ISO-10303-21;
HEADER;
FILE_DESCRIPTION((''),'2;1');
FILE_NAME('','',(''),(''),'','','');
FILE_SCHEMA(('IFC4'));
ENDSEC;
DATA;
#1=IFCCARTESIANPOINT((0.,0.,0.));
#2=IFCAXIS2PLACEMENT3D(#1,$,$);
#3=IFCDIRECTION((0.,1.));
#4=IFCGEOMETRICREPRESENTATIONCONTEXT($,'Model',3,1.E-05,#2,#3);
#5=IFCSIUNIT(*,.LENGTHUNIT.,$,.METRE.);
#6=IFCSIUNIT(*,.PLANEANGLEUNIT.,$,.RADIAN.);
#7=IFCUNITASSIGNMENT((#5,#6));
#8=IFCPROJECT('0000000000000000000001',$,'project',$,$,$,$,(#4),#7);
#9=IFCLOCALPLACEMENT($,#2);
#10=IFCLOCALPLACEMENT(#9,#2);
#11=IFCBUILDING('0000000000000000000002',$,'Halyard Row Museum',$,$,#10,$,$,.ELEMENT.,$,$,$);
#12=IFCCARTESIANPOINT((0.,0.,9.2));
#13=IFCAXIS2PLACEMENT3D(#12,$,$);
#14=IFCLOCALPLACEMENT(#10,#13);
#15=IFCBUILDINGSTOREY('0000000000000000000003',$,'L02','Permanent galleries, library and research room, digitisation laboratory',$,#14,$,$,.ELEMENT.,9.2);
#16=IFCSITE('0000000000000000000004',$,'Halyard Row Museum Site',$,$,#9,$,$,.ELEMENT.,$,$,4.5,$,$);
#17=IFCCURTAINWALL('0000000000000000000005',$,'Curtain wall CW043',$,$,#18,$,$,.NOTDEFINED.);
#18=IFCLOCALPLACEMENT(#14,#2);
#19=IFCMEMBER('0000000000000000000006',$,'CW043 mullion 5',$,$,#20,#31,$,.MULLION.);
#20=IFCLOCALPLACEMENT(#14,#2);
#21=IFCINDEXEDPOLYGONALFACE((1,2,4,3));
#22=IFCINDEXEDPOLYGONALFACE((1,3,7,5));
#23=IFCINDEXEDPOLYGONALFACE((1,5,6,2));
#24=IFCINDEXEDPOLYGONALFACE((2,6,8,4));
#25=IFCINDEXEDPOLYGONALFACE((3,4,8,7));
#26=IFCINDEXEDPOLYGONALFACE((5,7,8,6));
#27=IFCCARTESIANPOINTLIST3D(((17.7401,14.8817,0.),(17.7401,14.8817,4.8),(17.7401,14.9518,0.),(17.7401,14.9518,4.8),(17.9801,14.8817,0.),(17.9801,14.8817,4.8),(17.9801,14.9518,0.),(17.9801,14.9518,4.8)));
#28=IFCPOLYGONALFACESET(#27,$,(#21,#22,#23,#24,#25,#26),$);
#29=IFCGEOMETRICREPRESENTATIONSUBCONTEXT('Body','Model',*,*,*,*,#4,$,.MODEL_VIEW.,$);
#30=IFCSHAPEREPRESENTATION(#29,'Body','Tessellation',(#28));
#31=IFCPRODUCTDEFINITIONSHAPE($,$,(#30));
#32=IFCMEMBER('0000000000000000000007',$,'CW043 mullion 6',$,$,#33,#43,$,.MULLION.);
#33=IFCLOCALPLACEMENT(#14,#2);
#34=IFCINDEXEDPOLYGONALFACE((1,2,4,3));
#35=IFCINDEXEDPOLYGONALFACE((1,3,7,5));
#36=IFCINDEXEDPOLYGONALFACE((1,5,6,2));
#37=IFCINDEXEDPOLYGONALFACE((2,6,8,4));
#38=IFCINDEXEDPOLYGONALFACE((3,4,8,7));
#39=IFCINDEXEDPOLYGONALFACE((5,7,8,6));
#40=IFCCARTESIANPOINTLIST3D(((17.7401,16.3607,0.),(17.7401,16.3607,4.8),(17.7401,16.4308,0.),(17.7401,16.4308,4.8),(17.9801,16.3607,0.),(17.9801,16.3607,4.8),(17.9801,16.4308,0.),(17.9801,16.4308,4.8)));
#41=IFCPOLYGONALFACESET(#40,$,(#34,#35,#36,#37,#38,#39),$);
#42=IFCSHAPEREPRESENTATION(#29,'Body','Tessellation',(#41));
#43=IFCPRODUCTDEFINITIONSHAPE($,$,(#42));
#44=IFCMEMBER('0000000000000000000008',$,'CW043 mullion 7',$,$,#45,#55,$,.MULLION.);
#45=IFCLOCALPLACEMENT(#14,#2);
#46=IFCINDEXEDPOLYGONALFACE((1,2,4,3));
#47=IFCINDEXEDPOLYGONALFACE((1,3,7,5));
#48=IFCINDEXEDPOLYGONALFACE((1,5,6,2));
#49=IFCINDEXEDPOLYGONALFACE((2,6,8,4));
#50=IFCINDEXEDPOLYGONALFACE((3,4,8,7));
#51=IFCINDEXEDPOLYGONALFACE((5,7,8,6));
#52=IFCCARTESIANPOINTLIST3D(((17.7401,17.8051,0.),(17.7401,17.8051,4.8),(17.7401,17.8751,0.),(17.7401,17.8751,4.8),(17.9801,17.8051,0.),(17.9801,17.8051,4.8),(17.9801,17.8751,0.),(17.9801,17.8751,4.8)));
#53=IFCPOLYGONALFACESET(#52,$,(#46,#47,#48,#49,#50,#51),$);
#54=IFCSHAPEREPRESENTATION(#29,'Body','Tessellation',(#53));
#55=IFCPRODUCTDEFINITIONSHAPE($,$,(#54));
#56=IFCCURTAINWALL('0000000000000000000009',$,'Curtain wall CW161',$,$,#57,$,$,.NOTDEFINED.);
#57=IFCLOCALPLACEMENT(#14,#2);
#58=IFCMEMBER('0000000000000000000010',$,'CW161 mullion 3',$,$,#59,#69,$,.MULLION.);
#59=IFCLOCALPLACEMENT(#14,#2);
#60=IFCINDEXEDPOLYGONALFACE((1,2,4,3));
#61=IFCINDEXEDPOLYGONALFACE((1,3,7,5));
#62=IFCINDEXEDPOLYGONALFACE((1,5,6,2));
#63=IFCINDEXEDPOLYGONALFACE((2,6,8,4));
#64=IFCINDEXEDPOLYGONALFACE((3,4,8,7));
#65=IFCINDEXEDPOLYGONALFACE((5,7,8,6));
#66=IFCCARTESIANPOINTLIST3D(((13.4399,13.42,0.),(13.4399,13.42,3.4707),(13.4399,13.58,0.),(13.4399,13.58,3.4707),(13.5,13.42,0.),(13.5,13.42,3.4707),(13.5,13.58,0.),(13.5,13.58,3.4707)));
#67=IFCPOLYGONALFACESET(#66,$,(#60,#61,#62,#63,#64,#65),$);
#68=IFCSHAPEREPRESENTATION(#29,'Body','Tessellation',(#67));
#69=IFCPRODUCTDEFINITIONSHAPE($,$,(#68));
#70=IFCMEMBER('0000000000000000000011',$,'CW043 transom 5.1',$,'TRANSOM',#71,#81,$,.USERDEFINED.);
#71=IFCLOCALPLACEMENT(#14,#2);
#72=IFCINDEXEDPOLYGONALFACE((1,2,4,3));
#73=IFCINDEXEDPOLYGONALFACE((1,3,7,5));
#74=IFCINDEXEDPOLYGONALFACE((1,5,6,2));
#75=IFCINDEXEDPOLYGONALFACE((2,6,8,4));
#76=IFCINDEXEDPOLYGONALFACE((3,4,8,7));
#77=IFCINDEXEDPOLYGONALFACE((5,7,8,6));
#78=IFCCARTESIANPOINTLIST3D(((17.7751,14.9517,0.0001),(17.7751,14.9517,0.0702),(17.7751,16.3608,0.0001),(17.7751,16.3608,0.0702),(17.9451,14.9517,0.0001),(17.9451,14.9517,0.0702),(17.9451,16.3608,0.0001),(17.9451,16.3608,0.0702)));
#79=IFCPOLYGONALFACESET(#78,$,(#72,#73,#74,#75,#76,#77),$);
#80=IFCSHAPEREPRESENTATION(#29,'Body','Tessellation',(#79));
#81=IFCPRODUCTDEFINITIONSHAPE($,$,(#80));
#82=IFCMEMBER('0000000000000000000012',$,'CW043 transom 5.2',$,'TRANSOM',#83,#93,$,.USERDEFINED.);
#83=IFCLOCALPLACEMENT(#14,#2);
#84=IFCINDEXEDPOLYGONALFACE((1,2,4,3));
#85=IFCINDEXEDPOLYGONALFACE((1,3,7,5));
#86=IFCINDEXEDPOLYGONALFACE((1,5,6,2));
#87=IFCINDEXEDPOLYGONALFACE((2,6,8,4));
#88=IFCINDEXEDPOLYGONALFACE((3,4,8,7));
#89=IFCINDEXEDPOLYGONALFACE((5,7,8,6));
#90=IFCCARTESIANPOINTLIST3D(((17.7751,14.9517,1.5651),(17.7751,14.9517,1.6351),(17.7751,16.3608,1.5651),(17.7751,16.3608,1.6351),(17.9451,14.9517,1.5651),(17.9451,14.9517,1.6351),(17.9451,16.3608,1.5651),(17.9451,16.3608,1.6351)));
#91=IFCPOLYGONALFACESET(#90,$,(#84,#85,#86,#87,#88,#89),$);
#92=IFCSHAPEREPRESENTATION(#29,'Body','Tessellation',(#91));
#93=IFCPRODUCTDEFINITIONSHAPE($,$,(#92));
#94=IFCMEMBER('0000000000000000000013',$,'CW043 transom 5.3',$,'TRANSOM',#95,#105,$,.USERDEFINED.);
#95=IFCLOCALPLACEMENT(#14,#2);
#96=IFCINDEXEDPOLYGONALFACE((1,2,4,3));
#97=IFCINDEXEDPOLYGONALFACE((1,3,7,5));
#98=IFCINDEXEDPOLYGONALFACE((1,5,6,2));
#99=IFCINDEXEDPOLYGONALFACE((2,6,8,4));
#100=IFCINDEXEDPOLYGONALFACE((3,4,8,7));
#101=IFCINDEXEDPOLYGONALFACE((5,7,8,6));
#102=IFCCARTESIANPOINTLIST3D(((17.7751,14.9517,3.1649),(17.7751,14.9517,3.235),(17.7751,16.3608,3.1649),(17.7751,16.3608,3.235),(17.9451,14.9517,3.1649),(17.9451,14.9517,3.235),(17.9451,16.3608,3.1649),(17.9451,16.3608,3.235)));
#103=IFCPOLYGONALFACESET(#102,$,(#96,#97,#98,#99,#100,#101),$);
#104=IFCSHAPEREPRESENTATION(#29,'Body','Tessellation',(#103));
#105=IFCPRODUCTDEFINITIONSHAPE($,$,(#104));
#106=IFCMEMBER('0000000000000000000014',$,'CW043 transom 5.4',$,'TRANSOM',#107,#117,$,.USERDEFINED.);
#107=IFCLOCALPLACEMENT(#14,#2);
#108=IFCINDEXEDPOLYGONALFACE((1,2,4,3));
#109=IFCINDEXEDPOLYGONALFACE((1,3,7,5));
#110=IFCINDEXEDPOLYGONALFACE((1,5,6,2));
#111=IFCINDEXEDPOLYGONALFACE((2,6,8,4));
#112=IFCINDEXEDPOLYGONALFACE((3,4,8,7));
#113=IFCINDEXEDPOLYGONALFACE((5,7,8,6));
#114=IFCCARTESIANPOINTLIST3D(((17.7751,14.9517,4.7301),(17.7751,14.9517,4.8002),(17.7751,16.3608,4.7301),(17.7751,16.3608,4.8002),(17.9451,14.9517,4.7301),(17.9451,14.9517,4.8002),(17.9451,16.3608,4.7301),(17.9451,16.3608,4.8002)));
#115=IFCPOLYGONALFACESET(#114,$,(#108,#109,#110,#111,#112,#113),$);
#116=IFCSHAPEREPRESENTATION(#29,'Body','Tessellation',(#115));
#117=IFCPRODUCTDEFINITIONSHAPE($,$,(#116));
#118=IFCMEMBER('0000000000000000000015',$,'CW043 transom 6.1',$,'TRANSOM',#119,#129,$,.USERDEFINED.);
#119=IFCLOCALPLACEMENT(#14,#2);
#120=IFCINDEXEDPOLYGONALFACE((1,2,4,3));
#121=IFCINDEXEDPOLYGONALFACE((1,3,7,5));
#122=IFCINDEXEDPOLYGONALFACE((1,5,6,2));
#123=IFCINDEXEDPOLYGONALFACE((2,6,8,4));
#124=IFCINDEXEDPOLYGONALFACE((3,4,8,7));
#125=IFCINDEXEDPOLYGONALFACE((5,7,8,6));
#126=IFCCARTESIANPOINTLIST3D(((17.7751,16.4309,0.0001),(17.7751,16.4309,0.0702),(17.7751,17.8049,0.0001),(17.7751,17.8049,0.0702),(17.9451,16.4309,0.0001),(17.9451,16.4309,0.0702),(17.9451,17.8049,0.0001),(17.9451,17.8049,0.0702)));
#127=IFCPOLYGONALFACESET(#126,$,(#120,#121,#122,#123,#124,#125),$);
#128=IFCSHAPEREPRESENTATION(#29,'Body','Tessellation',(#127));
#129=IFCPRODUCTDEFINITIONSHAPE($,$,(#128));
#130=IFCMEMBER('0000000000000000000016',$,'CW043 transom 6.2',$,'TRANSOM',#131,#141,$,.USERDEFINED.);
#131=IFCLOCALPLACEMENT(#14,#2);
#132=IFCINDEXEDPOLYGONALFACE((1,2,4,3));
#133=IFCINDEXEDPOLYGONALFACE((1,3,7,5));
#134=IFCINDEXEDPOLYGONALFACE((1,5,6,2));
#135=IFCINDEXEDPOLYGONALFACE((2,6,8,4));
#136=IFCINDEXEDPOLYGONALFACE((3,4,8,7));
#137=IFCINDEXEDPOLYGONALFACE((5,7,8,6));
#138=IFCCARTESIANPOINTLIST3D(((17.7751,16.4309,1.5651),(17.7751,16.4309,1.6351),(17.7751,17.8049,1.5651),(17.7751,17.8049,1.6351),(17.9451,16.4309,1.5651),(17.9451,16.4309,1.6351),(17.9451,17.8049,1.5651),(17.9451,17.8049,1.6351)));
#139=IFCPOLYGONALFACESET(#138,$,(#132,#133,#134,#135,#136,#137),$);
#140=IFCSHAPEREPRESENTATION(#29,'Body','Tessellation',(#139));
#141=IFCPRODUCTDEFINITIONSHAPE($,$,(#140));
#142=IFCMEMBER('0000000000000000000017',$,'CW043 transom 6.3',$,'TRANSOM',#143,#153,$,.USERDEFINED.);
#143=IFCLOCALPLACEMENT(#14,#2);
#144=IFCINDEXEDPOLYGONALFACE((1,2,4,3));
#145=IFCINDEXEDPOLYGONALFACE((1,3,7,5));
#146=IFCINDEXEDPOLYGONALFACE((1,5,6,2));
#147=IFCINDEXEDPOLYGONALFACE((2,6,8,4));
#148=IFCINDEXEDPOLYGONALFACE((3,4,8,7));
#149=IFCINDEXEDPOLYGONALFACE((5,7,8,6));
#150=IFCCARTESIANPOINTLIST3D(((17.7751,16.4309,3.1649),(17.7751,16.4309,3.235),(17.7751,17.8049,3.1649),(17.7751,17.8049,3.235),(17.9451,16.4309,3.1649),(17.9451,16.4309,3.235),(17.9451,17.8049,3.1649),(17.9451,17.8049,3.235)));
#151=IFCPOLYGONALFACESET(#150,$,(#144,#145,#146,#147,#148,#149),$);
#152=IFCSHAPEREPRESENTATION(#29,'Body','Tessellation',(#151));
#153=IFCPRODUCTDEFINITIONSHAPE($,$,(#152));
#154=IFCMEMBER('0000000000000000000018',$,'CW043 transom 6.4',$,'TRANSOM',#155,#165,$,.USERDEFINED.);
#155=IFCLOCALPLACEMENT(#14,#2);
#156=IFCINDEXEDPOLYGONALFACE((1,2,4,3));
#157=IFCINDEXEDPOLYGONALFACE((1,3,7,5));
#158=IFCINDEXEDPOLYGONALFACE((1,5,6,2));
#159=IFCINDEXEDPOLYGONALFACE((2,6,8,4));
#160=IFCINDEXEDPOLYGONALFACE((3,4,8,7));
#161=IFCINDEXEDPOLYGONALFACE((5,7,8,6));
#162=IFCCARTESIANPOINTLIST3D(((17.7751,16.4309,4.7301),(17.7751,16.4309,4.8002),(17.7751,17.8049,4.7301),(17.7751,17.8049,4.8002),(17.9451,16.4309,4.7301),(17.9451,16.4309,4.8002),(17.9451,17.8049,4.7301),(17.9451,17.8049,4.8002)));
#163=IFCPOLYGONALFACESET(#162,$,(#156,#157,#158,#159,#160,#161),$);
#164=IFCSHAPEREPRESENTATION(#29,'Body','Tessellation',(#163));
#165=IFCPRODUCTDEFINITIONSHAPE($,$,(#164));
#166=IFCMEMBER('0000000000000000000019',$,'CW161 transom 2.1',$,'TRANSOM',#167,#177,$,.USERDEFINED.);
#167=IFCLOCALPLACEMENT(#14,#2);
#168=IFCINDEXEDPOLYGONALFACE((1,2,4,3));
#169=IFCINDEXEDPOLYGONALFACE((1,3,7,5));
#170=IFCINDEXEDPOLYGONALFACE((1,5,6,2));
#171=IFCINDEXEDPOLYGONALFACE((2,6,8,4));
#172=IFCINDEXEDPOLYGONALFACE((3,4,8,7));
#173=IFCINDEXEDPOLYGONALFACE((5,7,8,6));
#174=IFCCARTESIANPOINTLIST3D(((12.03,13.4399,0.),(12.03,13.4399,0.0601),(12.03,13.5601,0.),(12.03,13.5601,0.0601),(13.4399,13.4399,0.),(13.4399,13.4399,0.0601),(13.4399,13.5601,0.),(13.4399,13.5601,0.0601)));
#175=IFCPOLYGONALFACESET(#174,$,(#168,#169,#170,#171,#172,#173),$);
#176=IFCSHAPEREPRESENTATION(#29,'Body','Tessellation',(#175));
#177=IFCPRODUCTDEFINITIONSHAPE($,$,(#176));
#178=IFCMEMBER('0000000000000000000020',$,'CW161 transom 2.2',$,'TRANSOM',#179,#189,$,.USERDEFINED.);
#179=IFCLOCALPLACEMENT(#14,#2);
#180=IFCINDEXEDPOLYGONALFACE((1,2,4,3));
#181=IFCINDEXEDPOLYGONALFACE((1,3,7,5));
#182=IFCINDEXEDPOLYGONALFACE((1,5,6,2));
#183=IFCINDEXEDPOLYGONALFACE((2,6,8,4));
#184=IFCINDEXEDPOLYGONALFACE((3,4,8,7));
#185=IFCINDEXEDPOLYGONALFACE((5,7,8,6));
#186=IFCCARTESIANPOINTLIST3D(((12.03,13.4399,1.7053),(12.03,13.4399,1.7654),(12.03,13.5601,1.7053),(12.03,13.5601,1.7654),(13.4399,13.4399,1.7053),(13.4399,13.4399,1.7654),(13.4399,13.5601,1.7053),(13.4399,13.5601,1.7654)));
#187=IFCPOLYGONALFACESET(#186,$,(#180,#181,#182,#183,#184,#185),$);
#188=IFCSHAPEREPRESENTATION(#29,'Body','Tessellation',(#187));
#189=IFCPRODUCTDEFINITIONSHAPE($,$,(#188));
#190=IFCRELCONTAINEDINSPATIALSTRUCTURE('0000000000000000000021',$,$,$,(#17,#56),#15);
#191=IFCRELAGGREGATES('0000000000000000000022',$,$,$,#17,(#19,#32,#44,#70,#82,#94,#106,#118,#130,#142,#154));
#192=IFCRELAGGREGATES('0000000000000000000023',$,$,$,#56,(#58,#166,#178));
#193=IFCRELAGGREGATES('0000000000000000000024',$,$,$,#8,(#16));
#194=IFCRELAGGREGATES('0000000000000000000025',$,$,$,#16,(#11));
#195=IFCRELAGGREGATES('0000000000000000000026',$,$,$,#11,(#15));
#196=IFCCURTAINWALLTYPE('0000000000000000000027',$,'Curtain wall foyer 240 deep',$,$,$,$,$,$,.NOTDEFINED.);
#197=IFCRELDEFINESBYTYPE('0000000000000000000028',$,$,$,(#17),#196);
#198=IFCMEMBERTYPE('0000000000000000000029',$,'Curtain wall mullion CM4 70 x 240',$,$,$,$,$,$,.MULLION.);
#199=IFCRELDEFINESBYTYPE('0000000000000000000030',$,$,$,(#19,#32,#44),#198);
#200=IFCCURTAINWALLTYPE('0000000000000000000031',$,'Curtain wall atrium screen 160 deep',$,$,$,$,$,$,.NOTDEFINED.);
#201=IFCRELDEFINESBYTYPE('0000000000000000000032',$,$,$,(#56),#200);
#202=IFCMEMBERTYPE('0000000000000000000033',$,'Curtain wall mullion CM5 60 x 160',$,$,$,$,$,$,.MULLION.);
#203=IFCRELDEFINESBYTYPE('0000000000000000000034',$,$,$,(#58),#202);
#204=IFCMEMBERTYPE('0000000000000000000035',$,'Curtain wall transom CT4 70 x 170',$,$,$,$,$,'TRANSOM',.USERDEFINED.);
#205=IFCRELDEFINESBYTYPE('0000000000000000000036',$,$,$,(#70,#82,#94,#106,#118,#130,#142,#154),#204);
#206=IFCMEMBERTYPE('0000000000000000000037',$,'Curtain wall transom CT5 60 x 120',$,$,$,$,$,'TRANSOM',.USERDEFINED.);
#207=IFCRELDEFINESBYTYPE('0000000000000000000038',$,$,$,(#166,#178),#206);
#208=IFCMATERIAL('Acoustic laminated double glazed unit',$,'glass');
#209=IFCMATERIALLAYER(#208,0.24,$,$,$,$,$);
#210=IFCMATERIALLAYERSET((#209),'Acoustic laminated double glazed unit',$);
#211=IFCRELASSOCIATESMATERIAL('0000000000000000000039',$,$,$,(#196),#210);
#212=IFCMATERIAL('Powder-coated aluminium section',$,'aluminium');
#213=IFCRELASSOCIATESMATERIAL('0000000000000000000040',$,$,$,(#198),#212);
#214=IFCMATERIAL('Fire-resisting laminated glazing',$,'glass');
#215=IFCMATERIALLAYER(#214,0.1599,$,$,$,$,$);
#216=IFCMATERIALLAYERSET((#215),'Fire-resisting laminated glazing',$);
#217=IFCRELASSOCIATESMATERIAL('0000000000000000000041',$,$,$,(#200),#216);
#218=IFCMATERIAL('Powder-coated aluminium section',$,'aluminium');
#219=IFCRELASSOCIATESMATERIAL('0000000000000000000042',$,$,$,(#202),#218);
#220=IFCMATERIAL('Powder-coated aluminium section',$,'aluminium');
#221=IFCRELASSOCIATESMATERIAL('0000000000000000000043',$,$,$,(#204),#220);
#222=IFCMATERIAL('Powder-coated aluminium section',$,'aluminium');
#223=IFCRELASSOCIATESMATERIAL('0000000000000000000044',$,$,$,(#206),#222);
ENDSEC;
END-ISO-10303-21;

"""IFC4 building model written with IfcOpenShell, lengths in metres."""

from ifc_helpers import new_model, si_unit, direction, frame, origin, origin_2d, place, context, subcontext, project, spatial, rectangle, extrude, material, layer, layer_set, material_profile, profile_set, type_object, element, aggregate, save


model = new_model("IFC4")

# Units and contexts
model_context = context("Model", 3, precision=1e-05, world=origin(), true_north=direction((0.0, 1.0)))
body_context = subcontext(model_context, "Body", "Model", "MODEL_VIEW")
ifc_project = project(units=[si_unit("LENGTHUNIT", "METRE"), si_unit("PLANEANGLEUNIT", "RADIAN")], contexts=[model_context])

# Site, building, storey
site_placement = place(None, origin())
site = spatial("IfcSite", under=ifc_project, at=site_placement, Name="Halyard Row Museum Site", CompositionType="ELEMENT", RefElevation=4.5)
building_placement = place(site_placement, origin())
building = spatial("IfcBuilding", under=site, at=building_placement, Name="Halyard Row Museum", CompositionType="ELEMENT")
storey_placement = place(building_placement, frame((0.0, 0.0, 9.2)))
storey = spatial("IfcBuildingStorey", under=building, at=storey_placement, Name="L02", Description="Permanent galleries, library and research room, digitisation laboratory", CompositionType="ELEMENT", Elevation=9.2)

# Curtain wall, members
ifc_material_1 = material(Name="Acoustic laminated double glazed unit", Category="glass")
ifc_layer_1 = layer(ifc_material_1, 0.24)
ifc_layer_set_1 = layer_set([ifc_layer_1], Name="Acoustic laminated double glazed unit")
curtain_wall_type_1 = type_object("IfcCurtainWallType", Name="Curtain wall foyer 240 deep", PredefinedType="NOTDEFINED", material=ifc_layer_set_1)
curtain_wall_1_placement = place(storey_placement, origin())
curtain_wall_1 = element("IfcCurtainWall", 1, at=curtain_wall_1_placement, inside=storey, type_object=curtain_wall_type_1, Name="Curtain wall CW043", PredefinedType="NOTDEFINED")
ifc_material_2 = material(Name="Powder-coated aluminium section", Category="aluminium")
ifc_material_profile_1 = material_profile(ifc_material_2, rectangle(XDim=0.24, YDim=0.0701, at=origin_2d()), Name="240x70 mullion")
ifc_profile_set_1 = profile_set([ifc_material_profile_1], Name="Powder-coated aluminium section")
member_type_1 = type_object("IfcMemberType", Name="Curtain wall mullion CM4 70 x 240", PredefinedType="MULLION", material=ifc_profile_set_1)
member_1_placement = place(storey_placement, frame((17.8601, 14.9167, 0.0), z_axis=(0.0, 0.0, 1.0), x_axis=(-1.0, 0.0, 0.0)))
member_1 = element("IfcMember", 2, at=member_1_placement, type_object=member_type_1, Name="CW043 mullion 5", PredefinedType="MULLION", context=body_context, shape_type="SweptSolid", body=[
    extrude(rectangle(XDim=0.24, YDim=0.0701, at=origin_2d()), origin(), (0.0, 0.0, 1.0), 4.8),
])
member_2_placement = place(storey_placement, frame((17.8601, 16.3958, 0.0), z_axis=(0.0, 0.0, 1.0), x_axis=(-1.0, 0.0, 0.0)))
member_2 = element("IfcMember", 3, at=member_2_placement, type_object=member_type_1, Name="CW043 mullion 6", PredefinedType="MULLION", context=body_context, shape_type="SweptSolid", body=[
    extrude(rectangle(XDim=0.24, YDim=0.0701, at=origin_2d()), origin(), (0.0, 0.0, 1.0), 4.8),
])
member_3_placement = place(storey_placement, frame((17.8601, 17.8401, 0.0), z_axis=(0.0, 0.0, 1.0), x_axis=(-1.0, 0.0, 0.0)))
member_3 = element("IfcMember", 4, at=member_3_placement, type_object=member_type_1, Name="CW043 mullion 7", PredefinedType="MULLION", context=body_context, shape_type="SweptSolid", body=[
    extrude(rectangle(XDim=0.24, YDim=0.0701, at=origin_2d()), origin(), (0.0, 0.0, 1.0), 4.8),
])

# Curtain wall, member
ifc_material_3 = material(Name="Fire-resisting laminated glazing", Category="glass")
ifc_layer_2 = layer(ifc_material_3, 0.1599)
ifc_layer_set_2 = layer_set([ifc_layer_2], Name="Fire-resisting laminated glazing")
curtain_wall_type_2 = type_object("IfcCurtainWallType", Name="Curtain wall atrium screen 160 deep", PredefinedType="NOTDEFINED", material=ifc_layer_set_2)
curtain_wall_2_placement = place(storey_placement, origin())
curtain_wall_2 = element("IfcCurtainWall", 5, at=curtain_wall_2_placement, inside=storey, type_object=curtain_wall_type_2, Name="Curtain wall CW161", PredefinedType="NOTDEFINED")
ifc_material_4 = material(Name="Powder-coated aluminium section", Category="aluminium")
ifc_material_profile_2 = material_profile(ifc_material_4, rectangle(XDim=0.1599, YDim=0.0601, at=origin_2d()), Name="160x60 mullion")
ifc_profile_set_2 = profile_set([ifc_material_profile_2], Name="Powder-coated aluminium section")
member_type_2 = type_object("IfcMemberType", Name="Curtain wall mullion CM5 60 x 160", PredefinedType="MULLION", material=ifc_profile_set_2)
member_4_placement = place(storey_placement, frame((13.47, 13.5, 0.0), z_axis=(0.0, 0.0, 1.0), x_axis=(0.0, 1.0, 0.0)))
member_4 = element("IfcMember", 6, at=member_4_placement, type_object=member_type_2, Name="CW161 mullion 3", PredefinedType="MULLION", context=body_context, shape_type="SweptSolid", body=[
    extrude(rectangle(XDim=0.1599, YDim=0.0601, at=origin_2d()), origin(), (0.0, 0.0, 1.0), 3.4707),
])

# Members
ifc_material_5 = material(Name="Powder-coated aluminium section", Category="aluminium")
ifc_material_profile_3 = material_profile(ifc_material_5, rectangle(XDim=0.1699, YDim=0.0701, at=origin_2d()), Name="170x70 transom")
ifc_profile_set_3 = profile_set([ifc_material_profile_3], Name="Powder-coated aluminium section")
member_type_3 = type_object("IfcMemberType", Name="Curtain wall transom CT4 70 x 170", ElementType="TRANSOM", PredefinedType="USERDEFINED", material=ifc_profile_set_3)
member_5_placement = place(storey_placement, frame((17.8601, 14.9517, 0.0352), z_axis=(0.0, 1.0, 0.0), x_axis=(-1.0, 0.0, 0.0)))
member_5 = element("IfcMember", 7, at=member_5_placement, type_object=member_type_3, Name="CW043 transom 5.1", ObjectType="TRANSOM", PredefinedType="USERDEFINED", context=body_context, shape_type="SweptSolid", body=[
    extrude(rectangle(XDim=0.1699, YDim=0.0701, at=origin_2d()), origin(), (0.0, 0.0, 1.0), 1.4092),
])
member_6_placement = place(storey_placement, frame((17.8601, 14.9517, 1.6001), z_axis=(0.0, 1.0, 0.0), x_axis=(-1.0, 0.0, 0.0)))
member_6 = element("IfcMember", 8, at=member_6_placement, type_object=member_type_3, Name="CW043 transom 5.2", ObjectType="TRANSOM", PredefinedType="USERDEFINED", context=body_context, shape_type="SweptSolid", body=[
    extrude(rectangle(XDim=0.1699, YDim=0.0701, at=origin_2d()), origin(), (0.0, 0.0, 1.0), 1.4092),
])
member_7_placement = place(storey_placement, frame((17.8601, 14.9517, 3.2), z_axis=(0.0, 1.0, 0.0), x_axis=(-1.0, 0.0, 0.0)))
member_7 = element("IfcMember", 9, at=member_7_placement, type_object=member_type_3, Name="CW043 transom 5.3", ObjectType="TRANSOM", PredefinedType="USERDEFINED", context=body_context, shape_type="SweptSolid", body=[
    extrude(rectangle(XDim=0.1699, YDim=0.0701, at=origin_2d()), origin(), (0.0, 0.0, 1.0), 1.4092),
])
member_8_placement = place(storey_placement, frame((17.8601, 14.9517, 4.7651), z_axis=(0.0, 1.0, 0.0), x_axis=(-1.0, 0.0, 0.0)))
member_8 = element("IfcMember", 10, at=member_8_placement, type_object=member_type_3, Name="CW043 transom 5.4", ObjectType="TRANSOM", PredefinedType="USERDEFINED", context=body_context, shape_type="SweptSolid", body=[
    extrude(rectangle(XDim=0.1699, YDim=0.0701, at=origin_2d()), origin(), (0.0, 0.0, 1.0), 1.4092),
])
member_9_placement = place(storey_placement, frame((17.8601, 16.4309, 0.0352), z_axis=(0.0, 1.0, 0.0), x_axis=(-1.0, 0.0, 0.0)))
member_9 = element("IfcMember", 11, at=member_9_placement, type_object=member_type_3, Name="CW043 transom 6.1", ObjectType="TRANSOM", PredefinedType="USERDEFINED", context=body_context, shape_type="SweptSolid", body=[
    extrude(rectangle(XDim=0.1699, YDim=0.0701, at=origin_2d()), origin(), (0.0, 0.0, 1.0), 1.374),
])
member_10_placement = place(storey_placement, frame((17.8601, 16.4309, 1.6001), z_axis=(0.0, 1.0, 0.0), x_axis=(-1.0, 0.0, 0.0)))
member_10 = element("IfcMember", 12, at=member_10_placement, type_object=member_type_3, Name="CW043 transom 6.2", ObjectType="TRANSOM", PredefinedType="USERDEFINED", context=body_context, shape_type="SweptSolid", body=[
    extrude(rectangle(XDim=0.1699, YDim=0.0701, at=origin_2d()), origin(), (0.0, 0.0, 1.0), 1.374),
])
member_11_placement = place(storey_placement, frame((17.8601, 16.4309, 3.2), z_axis=(0.0, 1.0, 0.0), x_axis=(-1.0, 0.0, 0.0)))
member_11 = element("IfcMember", 13, at=member_11_placement, type_object=member_type_3, Name="CW043 transom 6.3", ObjectType="TRANSOM", PredefinedType="USERDEFINED", context=body_context, shape_type="SweptSolid", body=[
    extrude(rectangle(XDim=0.1699, YDim=0.0701, at=origin_2d()), origin(), (0.0, 0.0, 1.0), 1.374),
])
member_12_placement = place(storey_placement, frame((17.8601, 16.4309, 4.7651), z_axis=(0.0, 1.0, 0.0), x_axis=(-1.0, 0.0, 0.0)))
member_12 = element("IfcMember", 14, at=member_12_placement, type_object=member_type_3, Name="CW043 transom 6.4", ObjectType="TRANSOM", PredefinedType="USERDEFINED", context=body_context, shape_type="SweptSolid", body=[
    extrude(rectangle(XDim=0.1699, YDim=0.0701, at=origin_2d()), origin(), (0.0, 0.0, 1.0), 1.374),
])
ifc_material_6 = material(Name="Powder-coated aluminium section", Category="aluminium")
ifc_material_profile_4 = material_profile(ifc_material_6, rectangle(XDim=0.1201, YDim=0.0601, at=origin_2d()), Name="120x60 transom")
ifc_profile_set_4 = profile_set([ifc_material_profile_4], Name="Powder-coated aluminium section")
member_type_4 = type_object("IfcMemberType", Name="Curtain wall transom CT5 60 x 120", ElementType="TRANSOM", PredefinedType="USERDEFINED", material=ifc_profile_set_4)
member_13_placement = place(storey_placement, frame((12.03, 13.5, 0.03), z_axis=(1.0, 0.0, 0.0), x_axis=(0.0, 1.0, 0.0)))
member_13 = element("IfcMember", 15, at=member_13_placement, type_object=member_type_4, Name="CW161 transom 2.1", ObjectType="TRANSOM", PredefinedType="USERDEFINED", context=body_context, shape_type="SweptSolid", body=[
    extrude(rectangle(XDim=0.1201, YDim=0.0601, at=origin_2d()), origin(), (0.0, 0.0, 1.0), 1.4099),
])
member_14_placement = place(storey_placement, frame((12.03, 13.5, 1.7354), z_axis=(1.0, 0.0, 0.0), x_axis=(0.0, 1.0, 0.0)))
member_14 = element("IfcMember", 16, at=member_14_placement, type_object=member_type_4, Name="CW161 transom 2.2", ObjectType="TRANSOM", PredefinedType="USERDEFINED", context=body_context, shape_type="SweptSolid", body=[
    extrude(rectangle(XDim=0.1201, YDim=0.0601, at=origin_2d()), origin(), (0.0, 0.0, 1.0), 1.4099),
])

aggregate(curtain_wall_1, [member_1, member_2, member_3, member_5, member_6, member_7, member_8, member_9, member_10, member_11, member_12])
aggregate(curtain_wall_2, [member_4, member_13, member_14])

save(model, "model.ifc")
